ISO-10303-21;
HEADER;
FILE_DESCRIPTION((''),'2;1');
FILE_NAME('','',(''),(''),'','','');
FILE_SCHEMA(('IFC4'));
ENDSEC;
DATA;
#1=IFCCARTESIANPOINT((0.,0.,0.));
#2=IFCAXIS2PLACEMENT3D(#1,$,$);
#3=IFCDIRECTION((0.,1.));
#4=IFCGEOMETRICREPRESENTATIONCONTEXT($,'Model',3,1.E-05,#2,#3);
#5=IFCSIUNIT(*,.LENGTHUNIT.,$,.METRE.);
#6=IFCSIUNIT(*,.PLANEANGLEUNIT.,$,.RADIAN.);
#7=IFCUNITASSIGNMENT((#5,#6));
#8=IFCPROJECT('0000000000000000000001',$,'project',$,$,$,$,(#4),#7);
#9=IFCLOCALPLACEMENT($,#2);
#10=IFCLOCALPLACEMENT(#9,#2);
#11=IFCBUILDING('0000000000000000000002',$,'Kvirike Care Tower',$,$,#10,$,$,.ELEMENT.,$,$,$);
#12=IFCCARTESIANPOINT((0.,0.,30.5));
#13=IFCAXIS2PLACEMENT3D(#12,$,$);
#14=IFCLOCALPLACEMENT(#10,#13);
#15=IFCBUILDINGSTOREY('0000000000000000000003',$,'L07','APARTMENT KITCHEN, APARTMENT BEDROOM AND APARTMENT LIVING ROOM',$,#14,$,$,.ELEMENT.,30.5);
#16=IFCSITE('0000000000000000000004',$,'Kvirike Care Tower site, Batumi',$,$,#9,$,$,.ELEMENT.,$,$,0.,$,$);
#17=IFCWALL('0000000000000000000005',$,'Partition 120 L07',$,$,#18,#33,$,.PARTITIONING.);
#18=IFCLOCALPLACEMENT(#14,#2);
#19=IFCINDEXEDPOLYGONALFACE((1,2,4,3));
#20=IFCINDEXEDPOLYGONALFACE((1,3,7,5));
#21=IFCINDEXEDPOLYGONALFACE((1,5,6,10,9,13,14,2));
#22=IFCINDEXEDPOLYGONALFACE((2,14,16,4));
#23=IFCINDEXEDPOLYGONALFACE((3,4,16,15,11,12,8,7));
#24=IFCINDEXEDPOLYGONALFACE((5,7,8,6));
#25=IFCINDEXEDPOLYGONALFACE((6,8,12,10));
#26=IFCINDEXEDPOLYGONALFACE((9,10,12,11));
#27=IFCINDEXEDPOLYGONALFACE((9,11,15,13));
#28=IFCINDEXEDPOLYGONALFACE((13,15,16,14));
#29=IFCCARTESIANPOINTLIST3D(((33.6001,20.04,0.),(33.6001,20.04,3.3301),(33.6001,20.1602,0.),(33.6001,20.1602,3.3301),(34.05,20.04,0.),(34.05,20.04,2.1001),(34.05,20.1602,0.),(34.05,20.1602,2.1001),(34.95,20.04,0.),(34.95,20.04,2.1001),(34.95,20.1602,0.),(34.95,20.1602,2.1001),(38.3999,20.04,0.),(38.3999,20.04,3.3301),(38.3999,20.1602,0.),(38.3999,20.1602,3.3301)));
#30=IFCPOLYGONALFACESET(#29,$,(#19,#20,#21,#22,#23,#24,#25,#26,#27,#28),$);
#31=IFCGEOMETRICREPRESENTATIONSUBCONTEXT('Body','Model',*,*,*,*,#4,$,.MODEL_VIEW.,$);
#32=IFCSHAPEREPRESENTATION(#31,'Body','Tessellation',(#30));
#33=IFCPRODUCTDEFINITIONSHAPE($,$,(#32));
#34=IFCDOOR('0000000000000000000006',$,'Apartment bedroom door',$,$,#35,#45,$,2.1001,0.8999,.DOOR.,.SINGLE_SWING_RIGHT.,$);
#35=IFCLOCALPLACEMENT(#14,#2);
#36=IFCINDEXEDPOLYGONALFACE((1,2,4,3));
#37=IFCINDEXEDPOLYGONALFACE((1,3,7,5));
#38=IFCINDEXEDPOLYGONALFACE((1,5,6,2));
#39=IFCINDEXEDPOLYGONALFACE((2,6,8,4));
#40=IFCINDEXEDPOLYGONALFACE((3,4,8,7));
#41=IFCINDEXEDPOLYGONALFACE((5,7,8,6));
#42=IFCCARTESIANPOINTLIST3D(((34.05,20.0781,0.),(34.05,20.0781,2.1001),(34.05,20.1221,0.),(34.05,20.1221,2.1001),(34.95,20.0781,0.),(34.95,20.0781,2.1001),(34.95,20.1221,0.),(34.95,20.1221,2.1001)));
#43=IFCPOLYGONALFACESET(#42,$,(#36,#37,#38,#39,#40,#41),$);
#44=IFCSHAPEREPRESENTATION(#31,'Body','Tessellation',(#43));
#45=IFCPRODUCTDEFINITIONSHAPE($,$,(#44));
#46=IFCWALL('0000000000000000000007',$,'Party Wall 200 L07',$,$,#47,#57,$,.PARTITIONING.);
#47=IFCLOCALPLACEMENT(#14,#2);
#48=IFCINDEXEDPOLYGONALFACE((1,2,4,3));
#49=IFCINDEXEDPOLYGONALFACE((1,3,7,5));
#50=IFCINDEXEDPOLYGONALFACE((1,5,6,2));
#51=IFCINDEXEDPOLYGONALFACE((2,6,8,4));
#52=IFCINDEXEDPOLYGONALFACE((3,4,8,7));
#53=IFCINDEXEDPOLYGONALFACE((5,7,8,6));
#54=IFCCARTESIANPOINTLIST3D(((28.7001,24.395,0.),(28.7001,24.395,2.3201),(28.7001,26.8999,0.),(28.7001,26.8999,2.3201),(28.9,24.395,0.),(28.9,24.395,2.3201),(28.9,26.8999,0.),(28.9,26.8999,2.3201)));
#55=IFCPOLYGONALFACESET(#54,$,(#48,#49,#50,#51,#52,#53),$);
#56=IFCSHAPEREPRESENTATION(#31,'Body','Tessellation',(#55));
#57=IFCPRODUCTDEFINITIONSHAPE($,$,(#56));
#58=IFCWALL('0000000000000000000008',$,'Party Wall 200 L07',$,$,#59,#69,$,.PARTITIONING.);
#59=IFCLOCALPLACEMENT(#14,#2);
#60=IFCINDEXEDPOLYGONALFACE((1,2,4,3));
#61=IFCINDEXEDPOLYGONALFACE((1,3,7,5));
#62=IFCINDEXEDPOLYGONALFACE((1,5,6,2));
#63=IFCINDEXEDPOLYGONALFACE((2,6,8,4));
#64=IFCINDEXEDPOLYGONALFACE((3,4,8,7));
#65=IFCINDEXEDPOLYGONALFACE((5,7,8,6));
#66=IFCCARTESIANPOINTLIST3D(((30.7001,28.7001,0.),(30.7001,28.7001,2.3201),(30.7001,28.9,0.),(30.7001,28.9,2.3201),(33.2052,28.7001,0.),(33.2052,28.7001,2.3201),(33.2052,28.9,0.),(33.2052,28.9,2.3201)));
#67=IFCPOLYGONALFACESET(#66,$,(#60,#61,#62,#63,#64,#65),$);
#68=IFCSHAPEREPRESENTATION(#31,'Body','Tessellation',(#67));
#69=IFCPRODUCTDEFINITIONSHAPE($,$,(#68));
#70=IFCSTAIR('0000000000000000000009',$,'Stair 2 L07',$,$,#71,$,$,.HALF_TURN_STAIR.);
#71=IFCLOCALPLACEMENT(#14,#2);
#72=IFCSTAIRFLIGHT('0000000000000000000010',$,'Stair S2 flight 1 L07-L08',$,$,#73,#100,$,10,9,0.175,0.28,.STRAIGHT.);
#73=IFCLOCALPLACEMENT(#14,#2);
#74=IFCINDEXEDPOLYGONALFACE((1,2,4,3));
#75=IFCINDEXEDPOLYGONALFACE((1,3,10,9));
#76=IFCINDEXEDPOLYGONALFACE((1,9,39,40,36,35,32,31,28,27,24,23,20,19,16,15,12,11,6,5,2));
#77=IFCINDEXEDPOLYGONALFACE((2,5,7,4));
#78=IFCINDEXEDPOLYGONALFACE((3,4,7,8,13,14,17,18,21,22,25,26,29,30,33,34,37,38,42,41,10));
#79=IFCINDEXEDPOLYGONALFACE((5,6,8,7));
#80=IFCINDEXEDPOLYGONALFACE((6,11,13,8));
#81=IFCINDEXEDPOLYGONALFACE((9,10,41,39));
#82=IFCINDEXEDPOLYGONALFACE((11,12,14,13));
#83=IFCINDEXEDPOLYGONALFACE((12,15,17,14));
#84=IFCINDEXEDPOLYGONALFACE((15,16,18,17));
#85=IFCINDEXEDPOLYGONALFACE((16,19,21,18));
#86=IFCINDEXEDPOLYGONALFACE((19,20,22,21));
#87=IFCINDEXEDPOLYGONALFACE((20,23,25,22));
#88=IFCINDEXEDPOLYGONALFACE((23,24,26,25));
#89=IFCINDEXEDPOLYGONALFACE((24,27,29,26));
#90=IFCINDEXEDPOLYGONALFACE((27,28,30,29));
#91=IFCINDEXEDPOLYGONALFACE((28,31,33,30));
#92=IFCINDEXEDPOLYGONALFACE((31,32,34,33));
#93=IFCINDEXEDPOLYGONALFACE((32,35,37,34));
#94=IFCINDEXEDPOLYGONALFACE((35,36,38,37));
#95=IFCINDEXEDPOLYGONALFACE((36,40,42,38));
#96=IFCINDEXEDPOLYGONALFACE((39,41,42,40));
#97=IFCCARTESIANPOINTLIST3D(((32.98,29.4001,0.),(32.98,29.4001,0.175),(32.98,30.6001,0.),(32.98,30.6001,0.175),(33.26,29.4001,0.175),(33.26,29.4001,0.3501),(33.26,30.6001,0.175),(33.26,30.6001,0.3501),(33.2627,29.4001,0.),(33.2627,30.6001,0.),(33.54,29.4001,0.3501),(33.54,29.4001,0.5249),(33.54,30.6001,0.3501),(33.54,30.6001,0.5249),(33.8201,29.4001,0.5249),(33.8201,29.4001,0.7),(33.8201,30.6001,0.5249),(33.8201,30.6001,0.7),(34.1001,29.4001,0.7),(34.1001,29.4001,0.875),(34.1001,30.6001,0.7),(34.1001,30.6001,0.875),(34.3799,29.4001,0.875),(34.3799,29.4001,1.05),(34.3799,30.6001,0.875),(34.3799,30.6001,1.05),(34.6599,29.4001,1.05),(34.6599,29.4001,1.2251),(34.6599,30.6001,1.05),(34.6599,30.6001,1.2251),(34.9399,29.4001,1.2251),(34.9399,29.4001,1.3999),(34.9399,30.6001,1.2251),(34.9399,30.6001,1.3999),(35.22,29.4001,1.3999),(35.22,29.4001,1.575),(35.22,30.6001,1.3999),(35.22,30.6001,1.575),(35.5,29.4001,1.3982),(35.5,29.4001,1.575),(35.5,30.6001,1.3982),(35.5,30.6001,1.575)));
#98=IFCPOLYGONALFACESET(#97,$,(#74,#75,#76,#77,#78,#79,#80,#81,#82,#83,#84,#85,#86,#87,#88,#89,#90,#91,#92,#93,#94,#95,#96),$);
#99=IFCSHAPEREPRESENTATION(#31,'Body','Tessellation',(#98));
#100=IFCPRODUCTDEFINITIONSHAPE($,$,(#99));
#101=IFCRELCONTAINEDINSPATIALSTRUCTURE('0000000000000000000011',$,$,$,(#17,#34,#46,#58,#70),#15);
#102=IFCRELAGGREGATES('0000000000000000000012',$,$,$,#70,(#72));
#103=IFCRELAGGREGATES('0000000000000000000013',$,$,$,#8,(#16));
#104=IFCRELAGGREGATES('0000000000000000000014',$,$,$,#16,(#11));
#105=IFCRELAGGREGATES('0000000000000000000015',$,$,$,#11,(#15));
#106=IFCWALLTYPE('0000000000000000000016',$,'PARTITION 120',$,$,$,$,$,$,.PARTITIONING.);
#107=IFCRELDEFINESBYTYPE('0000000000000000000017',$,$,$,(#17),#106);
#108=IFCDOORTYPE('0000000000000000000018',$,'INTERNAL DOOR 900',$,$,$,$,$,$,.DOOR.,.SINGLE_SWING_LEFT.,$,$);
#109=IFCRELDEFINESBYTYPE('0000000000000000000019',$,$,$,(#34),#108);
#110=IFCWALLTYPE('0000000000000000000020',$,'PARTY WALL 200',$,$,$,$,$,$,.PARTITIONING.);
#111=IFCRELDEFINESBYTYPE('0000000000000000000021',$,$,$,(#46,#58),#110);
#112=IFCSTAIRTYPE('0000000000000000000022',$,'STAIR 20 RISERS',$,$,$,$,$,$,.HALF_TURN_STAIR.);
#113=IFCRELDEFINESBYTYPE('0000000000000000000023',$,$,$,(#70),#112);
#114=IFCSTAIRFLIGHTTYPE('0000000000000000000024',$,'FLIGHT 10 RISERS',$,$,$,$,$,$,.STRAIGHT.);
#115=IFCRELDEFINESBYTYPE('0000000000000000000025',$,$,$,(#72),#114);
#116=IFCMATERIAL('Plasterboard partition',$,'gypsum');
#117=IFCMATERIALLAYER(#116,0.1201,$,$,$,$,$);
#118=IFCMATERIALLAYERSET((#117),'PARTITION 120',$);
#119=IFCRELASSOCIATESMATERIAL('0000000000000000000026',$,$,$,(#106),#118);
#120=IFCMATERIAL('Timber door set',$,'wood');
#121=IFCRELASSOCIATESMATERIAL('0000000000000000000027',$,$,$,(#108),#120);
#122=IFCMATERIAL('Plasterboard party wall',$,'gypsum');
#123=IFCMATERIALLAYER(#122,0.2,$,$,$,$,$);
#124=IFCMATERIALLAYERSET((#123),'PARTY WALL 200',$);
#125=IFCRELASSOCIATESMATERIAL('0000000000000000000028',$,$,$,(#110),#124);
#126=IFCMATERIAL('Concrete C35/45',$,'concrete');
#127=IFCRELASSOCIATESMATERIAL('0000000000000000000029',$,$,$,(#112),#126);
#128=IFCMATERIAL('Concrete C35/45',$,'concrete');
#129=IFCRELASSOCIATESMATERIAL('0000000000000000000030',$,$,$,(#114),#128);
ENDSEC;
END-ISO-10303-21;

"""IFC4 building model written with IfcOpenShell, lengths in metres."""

from ifc_helpers import new_model, si_unit, direction, frame, frame_2d, origin, place, context, subcontext, project, spatial, polyline, rectangle, outline, extrude, material, layer, layer_set, type_object, element, fill, aggregate, save


model = new_model("IFC4")

# Units and contexts
model_context = context("Model", 3, precision=1e-05, world=origin(), true_north=direction((0.0, 1.0)))
body_context = subcontext(model_context, "Body", "Model", "MODEL_VIEW")
ifc_project = project(units=[si_unit("LENGTHUNIT", "METRE"), si_unit("PLANEANGLEUNIT", "RADIAN")], contexts=[model_context])

# Site, building, storey
site_placement = place(None, origin())
site = spatial("IfcSite", under=ifc_project, at=site_placement, Name="Kvirike Care Tower site, Batumi", CompositionType="ELEMENT", RefElevation=0.0)
building_placement = place(site_placement, origin())
building = spatial("IfcBuilding", under=site, at=building_placement, Name="Kvirike Care Tower", CompositionType="ELEMENT")
storey_placement = place(building_placement, frame((0.0, 0.0, 30.5)))
storey = spatial("IfcBuildingStorey", under=building, at=storey_placement, Name="L07", Description="APARTMENT KITCHEN, APARTMENT BEDROOM AND APARTMENT LIVING ROOM", CompositionType="ELEMENT", Elevation=30.5)

# Wall, opening, door
ifc_material_1 = material(Name="Plasterboard partition", Category="gypsum")
ifc_layer_1 = layer(ifc_material_1, 0.1201)
ifc_layer_set_1 = layer_set([ifc_layer_1], Name="PARTITION 120")
wall_type_1 = type_object("IfcWallType", Name="PARTITION 120", PredefinedType="PARTITIONING", material=ifc_layer_set_1)
ifc_material_2 = material(Name="Timber door set", Category="wood")
door_type_1 = type_object("IfcDoorType", Name="INTERNAL DOOR 900", OperationType="SINGLE_SWING_LEFT", PredefinedType="DOOR", material=ifc_material_2)
wall_1_placement = place(storey_placement, frame((33.6001, 20.1001, 0.0), z_axis=(0.0, 0.0, 1.0), x_axis=(1.0, 0.0, 0.0)))
wall_1 = element("IfcWall", 1, at=wall_1_placement, inside=storey, type_object=wall_type_1, Name="Partition 120 L07", PredefinedType="PARTITIONING", context=body_context, shape_type="SweptSolid", body=[
    extrude(rectangle(XDim=4.7998, YDim=0.1201, at=frame_2d((2.3999, 0.0))), origin(), (0.0, 0.0, 1.0), 3.3301),
])
opening_1_placement = place(wall_1_placement, frame((0.45, 0.0, 0.0)))
opening_1 = element("IfcOpeningElement", 2, at=opening_1_placement, cuts=wall_1, PredefinedType="OPENING", context=body_context, shape_type="SweptSolid", body=[
    extrude(rectangle(XDim=0.8999, YDim=2.1001, at=frame_2d((0.45, 1.05))), frame((0.0, 0.0706, 0.0), z_axis=(0.0, -1.0, 0.0), x_axis=(1.0, 0.0, 0.0)), (0.0, 0.0, 1.0), 0.1411),
])
door_1_placement = place(opening_1_placement, origin())
door_1 = element("IfcDoor", 3, at=door_1_placement, inside=storey, type_object=door_type_1, Name="Apartment bedroom door", OperationType="SINGLE_SWING_RIGHT", OverallHeight=2.1001, OverallWidth=0.8999, PredefinedType="DOOR", context=body_context, shape_type="SweptSolid", body=[
    extrude(rectangle(XDim=0.8999, YDim=2.1001, at=frame_2d((0.45, 1.05))), frame((0.0, 0.022, 0.0), z_axis=(0.0, -1.0, 0.0), x_axis=(1.0, 0.0, 0.0)), (0.0, 0.0, 1.0), 0.0439),
])
fill(opening_1, door_1)

# Walls
ifc_material_3 = material(Name="Plasterboard party wall", Category="gypsum")
ifc_layer_2 = layer(ifc_material_3, 0.2)
ifc_layer_set_2 = layer_set([ifc_layer_2], Name="PARTY WALL 200")
wall_type_2 = type_object("IfcWallType", Name="PARTY WALL 200", PredefinedType="PARTITIONING", material=ifc_layer_set_2)
wall_2_placement = place(storey_placement, frame((28.8, 24.395, 0.0), z_axis=(0.0, 0.0, 1.0), x_axis=(0.0, 1.0, 0.0)))
element("IfcWall", 4, at=wall_2_placement, inside=storey, type_object=wall_type_2, Name="Party Wall 200 L07", PredefinedType="PARTITIONING", context=body_context, shape_type="SweptSolid", body=[
    extrude(rectangle(XDim=2.5049, YDim=0.2, at=frame_2d((1.2524, 0.0))), origin(), (0.0, 0.0, 1.0), 2.3201),
])
wall_3_placement = place(storey_placement, frame((33.2051, 28.8, 0.0), z_axis=(0.0, 0.0, 1.0), x_axis=(-1.0, 0.0, 0.0)))
element("IfcWall", 5, at=wall_3_placement, inside=storey, type_object=wall_type_2, Name="Party Wall 200 L07", PredefinedType="PARTITIONING", context=body_context, shape_type="SweptSolid", body=[
    extrude(rectangle(XDim=2.5051, YDim=0.2, at=frame_2d((1.2524, 0.0))), origin(), (0.0, 0.0, 1.0), 2.3201),
])

# Stair, stair flight
ifc_material_4 = material(Name="Concrete C35/45", Category="concrete")
stair_type = type_object("IfcStairType", Name="STAIR 20 RISERS", PredefinedType="HALF_TURN_STAIR", material=ifc_material_4)
stair_placement = place(storey_placement, origin())
stair = element("IfcStair", 6, at=stair_placement, inside=storey, type_object=stair_type, Name="Stair 2 L07", PredefinedType="HALF_TURN_STAIR")
ifc_material_5 = material(Name="Concrete C35/45", Category="concrete")
stair_flight_type = type_object("IfcStairFlightType", Name="FLIGHT 10 RISERS", PredefinedType="STRAIGHT", material=ifc_material_5)
stair_flight_placement = place(storey_placement, frame((32.98, 30.0, 0.0), z_axis=(0.0, 0.0, 1.0), x_axis=(1.0, 0.0, 0.0)))
stair_flight = element("IfcStairFlight", 7, at=stair_flight_placement, type_object=stair_flight_type, Name="Stair S2 flight 1 L07-L08", NumberOfRisers=10, NumberOfTreads=9, PredefinedType="STRAIGHT", RiserHeight=0.175, TreadLength=0.28, context=body_context, shape_type="SweptSolid", body=[
    extrude(outline(polyline([(0.0, 0.0), (0.0, 0.175), (0.28, 0.175), (0.28, 0.3501), (0.5601, 0.3501), (0.5601, 0.5249), (0.8401, 0.5249), (0.8401, 0.7), (1.1201, 0.7), (1.1201, 0.875), (1.3999, 0.875), (1.3999, 1.05), (1.6799, 1.05), (1.6799, 1.2251), (1.96, 1.2251), (1.96, 1.3999), (2.24, 1.3999), (2.24, 1.575), (2.52, 1.575), (2.52, 1.75), (2.52, 1.3982), (0.2827, 0.0), (0.0, 0.0)])), frame((0.0, 0.6001, 0.0), z_axis=(0.0, -1.0, 0.0), x_axis=(1.0, 0.0, 0.0)), (0.0, 0.0, 1.0), 1.2),
])
aggregate(stair, [stair_flight])

save(model, "model.ifc")
